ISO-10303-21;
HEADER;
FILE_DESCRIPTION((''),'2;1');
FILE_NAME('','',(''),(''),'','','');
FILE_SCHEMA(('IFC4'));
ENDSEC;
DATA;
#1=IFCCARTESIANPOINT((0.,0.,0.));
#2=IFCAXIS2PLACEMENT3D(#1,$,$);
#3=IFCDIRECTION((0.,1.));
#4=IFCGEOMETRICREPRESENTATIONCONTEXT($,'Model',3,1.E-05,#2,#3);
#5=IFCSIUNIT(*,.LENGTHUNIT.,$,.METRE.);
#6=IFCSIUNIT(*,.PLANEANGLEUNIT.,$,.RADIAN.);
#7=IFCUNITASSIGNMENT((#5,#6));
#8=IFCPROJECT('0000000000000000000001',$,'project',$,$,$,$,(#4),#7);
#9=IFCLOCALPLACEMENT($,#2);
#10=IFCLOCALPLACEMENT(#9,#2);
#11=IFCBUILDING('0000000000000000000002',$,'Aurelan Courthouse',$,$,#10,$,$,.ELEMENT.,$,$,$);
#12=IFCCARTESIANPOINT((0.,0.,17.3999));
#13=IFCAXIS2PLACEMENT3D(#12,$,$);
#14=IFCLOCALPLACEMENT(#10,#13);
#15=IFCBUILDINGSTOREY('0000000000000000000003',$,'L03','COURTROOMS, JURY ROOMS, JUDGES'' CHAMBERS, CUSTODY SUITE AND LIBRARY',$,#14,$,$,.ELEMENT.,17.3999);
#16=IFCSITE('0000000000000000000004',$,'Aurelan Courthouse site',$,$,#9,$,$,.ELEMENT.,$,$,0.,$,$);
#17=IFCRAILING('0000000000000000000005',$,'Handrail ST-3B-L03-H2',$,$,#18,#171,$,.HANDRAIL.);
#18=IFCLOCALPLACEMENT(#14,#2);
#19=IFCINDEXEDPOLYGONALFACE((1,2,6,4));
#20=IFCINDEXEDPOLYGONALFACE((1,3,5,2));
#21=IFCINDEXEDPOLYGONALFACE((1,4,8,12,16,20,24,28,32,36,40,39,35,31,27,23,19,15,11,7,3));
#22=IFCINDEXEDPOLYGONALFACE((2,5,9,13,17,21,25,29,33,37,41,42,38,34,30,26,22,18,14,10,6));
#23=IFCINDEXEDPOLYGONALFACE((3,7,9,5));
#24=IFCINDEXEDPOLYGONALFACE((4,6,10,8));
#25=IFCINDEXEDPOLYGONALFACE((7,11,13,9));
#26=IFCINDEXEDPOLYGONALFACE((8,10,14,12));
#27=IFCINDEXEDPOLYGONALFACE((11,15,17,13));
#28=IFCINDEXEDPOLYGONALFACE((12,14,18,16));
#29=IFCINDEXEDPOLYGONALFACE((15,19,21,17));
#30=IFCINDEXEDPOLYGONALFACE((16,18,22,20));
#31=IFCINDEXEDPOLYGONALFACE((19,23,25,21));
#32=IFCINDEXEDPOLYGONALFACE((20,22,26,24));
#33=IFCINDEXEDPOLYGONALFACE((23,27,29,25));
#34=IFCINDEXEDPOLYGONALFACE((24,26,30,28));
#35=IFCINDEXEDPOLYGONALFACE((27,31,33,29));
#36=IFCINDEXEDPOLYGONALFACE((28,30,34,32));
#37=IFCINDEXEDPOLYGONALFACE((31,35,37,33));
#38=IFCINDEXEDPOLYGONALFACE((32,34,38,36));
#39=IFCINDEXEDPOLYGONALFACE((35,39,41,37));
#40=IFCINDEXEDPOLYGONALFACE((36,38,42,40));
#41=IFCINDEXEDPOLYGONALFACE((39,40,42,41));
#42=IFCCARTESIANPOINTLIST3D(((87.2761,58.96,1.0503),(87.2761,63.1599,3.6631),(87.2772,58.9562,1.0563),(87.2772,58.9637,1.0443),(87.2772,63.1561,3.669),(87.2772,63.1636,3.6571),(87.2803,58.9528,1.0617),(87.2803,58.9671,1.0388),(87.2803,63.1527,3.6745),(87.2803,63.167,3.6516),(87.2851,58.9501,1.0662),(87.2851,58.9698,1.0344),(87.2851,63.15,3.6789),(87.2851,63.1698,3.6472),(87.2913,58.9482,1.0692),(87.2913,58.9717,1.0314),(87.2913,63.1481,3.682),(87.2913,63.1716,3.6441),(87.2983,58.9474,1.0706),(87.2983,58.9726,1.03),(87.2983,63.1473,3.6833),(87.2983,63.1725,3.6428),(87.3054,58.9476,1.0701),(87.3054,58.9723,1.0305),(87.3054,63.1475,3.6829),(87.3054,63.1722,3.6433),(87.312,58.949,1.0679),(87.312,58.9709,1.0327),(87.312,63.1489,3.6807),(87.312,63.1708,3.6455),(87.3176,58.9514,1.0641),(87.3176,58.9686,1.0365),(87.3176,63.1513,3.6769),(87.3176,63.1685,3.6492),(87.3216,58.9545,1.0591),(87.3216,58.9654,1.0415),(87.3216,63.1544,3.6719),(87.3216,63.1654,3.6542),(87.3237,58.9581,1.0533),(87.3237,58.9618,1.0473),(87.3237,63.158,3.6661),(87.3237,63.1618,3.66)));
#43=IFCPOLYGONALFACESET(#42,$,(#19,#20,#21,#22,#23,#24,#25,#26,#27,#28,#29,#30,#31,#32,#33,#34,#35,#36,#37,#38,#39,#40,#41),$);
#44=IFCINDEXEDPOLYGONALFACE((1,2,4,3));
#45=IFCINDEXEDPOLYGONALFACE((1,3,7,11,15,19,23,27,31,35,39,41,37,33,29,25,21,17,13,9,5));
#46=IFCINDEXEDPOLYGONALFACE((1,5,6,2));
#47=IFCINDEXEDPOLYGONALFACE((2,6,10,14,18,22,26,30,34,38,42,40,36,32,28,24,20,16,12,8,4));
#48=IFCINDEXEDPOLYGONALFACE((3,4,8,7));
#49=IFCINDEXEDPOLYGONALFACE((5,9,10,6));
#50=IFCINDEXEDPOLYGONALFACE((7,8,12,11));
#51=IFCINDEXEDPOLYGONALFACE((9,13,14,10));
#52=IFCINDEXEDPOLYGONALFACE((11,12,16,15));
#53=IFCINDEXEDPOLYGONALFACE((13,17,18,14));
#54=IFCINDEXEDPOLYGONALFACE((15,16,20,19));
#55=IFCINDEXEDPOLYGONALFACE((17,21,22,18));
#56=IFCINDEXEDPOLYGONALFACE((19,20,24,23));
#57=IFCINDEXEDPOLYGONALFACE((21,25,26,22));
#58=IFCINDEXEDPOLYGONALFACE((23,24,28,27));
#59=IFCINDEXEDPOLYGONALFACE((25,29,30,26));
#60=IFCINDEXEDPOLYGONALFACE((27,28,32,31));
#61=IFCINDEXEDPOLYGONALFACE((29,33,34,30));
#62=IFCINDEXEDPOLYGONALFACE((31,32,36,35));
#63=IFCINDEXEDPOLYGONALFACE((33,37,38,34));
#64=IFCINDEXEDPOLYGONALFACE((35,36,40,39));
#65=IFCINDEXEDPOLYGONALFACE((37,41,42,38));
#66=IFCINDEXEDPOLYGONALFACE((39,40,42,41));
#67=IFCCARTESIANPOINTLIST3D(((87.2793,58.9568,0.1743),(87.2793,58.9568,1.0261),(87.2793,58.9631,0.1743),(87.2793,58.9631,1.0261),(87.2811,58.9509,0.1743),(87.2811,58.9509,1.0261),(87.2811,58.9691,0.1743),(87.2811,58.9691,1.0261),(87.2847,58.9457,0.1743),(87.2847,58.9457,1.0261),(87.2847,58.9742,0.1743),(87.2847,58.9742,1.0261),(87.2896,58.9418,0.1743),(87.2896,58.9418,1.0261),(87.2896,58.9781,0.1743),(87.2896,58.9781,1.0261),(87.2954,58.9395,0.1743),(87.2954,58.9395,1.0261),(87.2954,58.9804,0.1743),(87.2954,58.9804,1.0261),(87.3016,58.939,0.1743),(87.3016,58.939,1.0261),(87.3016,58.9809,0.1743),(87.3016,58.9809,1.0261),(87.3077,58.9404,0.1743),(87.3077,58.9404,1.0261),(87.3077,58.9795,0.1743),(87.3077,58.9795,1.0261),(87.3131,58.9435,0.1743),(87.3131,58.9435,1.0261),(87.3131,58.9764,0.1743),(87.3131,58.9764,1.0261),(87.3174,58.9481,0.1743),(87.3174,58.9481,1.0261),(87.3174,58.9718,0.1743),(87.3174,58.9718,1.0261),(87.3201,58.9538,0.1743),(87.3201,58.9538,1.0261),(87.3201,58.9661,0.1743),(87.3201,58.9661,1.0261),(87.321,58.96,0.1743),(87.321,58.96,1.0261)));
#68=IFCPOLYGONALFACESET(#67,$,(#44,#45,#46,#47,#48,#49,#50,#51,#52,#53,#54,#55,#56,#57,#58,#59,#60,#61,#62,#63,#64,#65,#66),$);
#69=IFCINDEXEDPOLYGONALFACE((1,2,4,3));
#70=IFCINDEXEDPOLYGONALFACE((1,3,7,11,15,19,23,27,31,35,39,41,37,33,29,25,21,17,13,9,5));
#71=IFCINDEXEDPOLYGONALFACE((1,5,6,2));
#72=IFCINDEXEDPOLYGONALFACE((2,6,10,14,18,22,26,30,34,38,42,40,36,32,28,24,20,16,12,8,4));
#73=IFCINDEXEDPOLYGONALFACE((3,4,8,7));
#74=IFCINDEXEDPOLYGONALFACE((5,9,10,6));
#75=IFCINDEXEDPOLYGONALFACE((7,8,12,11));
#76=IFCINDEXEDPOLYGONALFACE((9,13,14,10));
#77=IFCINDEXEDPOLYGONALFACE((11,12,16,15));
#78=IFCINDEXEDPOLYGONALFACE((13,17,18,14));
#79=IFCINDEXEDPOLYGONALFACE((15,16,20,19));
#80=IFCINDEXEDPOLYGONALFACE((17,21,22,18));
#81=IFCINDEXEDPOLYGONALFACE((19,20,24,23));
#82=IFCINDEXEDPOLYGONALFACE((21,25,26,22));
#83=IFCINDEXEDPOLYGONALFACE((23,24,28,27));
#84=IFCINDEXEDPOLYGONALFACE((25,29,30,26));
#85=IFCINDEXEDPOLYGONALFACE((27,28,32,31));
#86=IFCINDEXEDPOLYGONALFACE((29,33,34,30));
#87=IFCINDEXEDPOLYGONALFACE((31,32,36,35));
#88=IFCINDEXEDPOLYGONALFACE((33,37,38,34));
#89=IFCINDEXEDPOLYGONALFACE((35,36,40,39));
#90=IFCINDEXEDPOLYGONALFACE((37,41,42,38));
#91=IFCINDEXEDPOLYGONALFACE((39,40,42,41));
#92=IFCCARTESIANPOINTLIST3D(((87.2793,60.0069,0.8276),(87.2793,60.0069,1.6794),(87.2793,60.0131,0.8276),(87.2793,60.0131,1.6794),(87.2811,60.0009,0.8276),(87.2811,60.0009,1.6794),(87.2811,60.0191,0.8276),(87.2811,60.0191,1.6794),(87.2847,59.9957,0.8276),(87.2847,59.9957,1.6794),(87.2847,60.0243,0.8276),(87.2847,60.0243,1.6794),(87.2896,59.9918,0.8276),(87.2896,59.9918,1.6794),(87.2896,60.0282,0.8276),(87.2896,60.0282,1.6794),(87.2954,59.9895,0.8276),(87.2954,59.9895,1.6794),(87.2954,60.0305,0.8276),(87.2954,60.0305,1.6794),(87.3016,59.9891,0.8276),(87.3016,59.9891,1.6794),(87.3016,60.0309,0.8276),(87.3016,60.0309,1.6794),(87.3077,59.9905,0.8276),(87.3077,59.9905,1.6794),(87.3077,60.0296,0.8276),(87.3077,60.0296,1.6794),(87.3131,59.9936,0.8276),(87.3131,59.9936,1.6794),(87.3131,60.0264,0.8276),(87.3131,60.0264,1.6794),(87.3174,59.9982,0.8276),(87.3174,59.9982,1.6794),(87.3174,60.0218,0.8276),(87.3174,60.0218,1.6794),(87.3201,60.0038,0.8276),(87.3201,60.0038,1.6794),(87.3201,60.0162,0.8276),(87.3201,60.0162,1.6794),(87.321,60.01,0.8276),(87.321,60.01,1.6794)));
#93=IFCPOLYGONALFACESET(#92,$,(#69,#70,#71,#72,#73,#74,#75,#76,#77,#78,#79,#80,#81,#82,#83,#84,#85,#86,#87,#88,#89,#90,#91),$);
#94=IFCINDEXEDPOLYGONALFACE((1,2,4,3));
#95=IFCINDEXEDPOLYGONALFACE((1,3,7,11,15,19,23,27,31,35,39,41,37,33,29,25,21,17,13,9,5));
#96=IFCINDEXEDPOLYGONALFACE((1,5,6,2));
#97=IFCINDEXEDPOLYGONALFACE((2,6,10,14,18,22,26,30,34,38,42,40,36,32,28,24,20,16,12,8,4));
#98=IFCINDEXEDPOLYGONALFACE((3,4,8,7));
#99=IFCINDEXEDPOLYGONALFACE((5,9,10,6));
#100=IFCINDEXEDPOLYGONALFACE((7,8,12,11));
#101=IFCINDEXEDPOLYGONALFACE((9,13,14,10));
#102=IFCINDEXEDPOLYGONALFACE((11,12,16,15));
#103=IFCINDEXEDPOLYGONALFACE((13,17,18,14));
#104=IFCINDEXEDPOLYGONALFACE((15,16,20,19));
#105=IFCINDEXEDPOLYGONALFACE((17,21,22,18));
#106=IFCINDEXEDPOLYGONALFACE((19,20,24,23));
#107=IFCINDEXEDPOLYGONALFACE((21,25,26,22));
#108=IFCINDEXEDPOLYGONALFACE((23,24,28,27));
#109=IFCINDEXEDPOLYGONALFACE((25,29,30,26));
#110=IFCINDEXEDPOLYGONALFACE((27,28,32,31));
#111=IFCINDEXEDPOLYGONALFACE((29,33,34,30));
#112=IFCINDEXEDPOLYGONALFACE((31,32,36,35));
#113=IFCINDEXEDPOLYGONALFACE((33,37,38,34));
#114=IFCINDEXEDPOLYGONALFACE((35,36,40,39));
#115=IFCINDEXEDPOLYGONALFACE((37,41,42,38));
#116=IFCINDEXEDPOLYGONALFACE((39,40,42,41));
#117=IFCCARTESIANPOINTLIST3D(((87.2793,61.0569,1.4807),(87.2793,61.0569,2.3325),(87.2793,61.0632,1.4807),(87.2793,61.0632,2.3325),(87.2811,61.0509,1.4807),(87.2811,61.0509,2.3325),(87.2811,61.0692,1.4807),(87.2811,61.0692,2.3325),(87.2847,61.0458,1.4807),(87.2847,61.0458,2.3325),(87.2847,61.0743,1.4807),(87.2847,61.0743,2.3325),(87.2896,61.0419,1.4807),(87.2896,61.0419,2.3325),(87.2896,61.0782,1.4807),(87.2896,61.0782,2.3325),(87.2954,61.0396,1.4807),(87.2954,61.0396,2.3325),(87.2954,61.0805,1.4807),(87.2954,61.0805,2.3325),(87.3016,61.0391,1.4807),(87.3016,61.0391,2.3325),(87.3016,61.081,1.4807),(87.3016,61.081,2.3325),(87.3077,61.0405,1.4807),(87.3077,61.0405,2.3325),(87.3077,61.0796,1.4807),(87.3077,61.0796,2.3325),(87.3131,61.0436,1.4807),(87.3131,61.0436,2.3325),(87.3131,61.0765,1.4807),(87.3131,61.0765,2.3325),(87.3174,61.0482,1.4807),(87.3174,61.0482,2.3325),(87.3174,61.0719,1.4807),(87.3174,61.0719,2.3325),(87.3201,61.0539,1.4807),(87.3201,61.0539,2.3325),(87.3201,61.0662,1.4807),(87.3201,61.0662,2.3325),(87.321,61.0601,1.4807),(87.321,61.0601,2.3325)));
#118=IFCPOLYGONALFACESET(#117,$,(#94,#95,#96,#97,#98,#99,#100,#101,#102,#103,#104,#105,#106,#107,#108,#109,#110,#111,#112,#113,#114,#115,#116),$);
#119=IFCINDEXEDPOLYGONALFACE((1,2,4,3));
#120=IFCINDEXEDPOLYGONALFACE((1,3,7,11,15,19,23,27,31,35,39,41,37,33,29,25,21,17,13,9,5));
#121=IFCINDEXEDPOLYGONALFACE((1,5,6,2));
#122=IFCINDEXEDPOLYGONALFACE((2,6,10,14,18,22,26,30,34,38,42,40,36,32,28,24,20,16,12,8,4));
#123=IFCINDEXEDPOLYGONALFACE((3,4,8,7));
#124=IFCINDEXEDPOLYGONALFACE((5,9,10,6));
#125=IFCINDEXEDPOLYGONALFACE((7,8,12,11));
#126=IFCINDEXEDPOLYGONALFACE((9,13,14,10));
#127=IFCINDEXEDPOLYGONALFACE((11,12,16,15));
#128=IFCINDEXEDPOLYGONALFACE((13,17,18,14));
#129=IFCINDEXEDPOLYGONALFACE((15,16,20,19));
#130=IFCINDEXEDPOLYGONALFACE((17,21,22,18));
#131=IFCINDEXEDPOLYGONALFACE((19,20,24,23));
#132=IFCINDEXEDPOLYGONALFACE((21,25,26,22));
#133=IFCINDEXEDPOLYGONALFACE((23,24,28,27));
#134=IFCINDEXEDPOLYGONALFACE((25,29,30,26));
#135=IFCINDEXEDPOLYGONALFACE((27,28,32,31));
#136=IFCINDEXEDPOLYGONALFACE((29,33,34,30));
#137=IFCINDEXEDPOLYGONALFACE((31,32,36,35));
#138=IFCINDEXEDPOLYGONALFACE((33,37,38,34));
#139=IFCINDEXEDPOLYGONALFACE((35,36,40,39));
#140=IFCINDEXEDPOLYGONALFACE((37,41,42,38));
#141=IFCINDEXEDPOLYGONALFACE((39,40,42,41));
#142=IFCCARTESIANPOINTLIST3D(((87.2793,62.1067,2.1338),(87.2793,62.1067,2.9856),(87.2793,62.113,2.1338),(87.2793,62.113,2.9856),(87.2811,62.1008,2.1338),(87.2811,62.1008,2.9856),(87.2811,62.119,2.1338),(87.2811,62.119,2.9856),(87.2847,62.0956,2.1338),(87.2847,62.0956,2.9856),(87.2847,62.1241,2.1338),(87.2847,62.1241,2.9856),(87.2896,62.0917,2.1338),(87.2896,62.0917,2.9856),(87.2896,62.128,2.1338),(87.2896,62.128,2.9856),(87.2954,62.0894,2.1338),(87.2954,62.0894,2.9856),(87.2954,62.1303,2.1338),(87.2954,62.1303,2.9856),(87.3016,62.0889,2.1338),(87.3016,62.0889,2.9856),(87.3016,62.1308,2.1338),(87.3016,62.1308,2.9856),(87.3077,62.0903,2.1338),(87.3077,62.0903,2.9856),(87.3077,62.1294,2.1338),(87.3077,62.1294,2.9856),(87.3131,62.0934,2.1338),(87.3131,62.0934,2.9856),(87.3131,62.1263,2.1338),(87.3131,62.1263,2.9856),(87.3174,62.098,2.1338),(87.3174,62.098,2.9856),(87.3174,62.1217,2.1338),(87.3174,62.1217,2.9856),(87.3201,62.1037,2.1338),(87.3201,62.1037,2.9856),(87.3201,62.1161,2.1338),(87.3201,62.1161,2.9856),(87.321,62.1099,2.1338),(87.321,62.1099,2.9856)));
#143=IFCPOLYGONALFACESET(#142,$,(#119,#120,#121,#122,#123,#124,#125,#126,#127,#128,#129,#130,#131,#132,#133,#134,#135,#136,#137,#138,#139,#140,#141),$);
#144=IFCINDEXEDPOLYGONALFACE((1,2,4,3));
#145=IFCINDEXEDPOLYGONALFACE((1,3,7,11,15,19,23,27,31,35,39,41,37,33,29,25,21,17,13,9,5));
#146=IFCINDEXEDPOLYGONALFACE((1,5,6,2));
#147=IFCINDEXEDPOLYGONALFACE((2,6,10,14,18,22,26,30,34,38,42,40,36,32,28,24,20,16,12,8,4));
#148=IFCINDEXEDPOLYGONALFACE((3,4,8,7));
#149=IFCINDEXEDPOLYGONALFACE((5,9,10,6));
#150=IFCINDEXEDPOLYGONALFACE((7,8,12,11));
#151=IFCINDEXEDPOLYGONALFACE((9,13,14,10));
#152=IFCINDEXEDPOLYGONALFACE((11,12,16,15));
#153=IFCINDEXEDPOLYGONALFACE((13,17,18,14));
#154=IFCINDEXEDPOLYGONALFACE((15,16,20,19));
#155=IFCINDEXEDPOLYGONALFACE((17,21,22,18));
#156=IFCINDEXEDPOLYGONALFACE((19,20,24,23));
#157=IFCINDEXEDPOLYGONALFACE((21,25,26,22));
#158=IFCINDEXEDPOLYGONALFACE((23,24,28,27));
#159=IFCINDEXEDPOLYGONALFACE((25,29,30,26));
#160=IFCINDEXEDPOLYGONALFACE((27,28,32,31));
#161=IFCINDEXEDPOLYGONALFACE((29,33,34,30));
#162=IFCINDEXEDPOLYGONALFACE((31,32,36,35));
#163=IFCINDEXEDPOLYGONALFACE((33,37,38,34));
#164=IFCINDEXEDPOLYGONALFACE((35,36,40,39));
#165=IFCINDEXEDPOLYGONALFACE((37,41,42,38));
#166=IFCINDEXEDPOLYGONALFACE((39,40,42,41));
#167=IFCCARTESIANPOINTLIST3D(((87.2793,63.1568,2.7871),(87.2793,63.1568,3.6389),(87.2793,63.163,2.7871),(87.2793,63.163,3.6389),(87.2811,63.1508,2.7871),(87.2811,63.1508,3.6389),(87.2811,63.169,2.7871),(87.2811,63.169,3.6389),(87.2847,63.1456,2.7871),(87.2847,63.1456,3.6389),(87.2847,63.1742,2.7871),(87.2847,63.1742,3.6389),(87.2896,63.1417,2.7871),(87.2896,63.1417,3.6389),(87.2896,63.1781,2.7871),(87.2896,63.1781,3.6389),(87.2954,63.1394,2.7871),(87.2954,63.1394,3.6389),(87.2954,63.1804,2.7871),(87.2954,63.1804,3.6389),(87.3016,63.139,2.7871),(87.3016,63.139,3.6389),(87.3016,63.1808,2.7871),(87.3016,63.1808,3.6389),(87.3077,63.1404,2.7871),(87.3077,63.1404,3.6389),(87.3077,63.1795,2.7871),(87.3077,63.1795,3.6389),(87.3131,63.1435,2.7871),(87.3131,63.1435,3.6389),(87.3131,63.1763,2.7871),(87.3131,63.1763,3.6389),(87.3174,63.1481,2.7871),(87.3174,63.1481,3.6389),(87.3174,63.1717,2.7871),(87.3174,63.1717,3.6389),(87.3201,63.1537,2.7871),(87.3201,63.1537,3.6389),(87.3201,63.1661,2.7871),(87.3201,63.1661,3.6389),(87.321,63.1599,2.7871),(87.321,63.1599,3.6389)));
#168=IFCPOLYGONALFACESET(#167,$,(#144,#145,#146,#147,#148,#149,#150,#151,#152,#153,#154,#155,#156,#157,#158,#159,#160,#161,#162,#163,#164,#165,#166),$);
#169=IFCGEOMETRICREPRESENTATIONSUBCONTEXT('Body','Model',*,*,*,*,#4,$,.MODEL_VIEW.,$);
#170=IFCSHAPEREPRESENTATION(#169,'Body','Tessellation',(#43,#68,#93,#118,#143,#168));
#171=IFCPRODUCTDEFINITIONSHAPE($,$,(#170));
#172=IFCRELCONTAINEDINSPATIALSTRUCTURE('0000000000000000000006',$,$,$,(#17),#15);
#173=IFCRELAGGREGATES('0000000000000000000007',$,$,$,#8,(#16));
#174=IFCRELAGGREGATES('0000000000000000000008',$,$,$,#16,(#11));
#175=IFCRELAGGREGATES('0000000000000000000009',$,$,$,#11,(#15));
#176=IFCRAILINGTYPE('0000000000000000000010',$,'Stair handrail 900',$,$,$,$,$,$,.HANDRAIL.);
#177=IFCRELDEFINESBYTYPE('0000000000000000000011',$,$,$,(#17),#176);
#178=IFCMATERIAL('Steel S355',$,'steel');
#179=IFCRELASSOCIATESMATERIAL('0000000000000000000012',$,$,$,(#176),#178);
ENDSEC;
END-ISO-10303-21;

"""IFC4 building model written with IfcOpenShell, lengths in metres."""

from ifc_helpers import new_model, si_unit, direction, frame, origin, origin_2d, place, context, subcontext, project, spatial, circle, extrude, material, type_object, element, save


model = new_model("IFC4")

# Units and contexts
model_context = context("Model", 3, precision=1e-05, world=origin(), true_north=direction((0.0, 1.0)))
body_context = subcontext(model_context, "Body", "Model", "MODEL_VIEW")
ifc_project = project(units=[si_unit("LENGTHUNIT", "METRE"), si_unit("PLANEANGLEUNIT", "RADIAN")], contexts=[model_context])

# Site, building, storey
site_placement = place(None, origin())
site = spatial("IfcSite", under=ifc_project, at=site_placement, Name="Aurelan Courthouse site", CompositionType="ELEMENT", RefElevation=0.0)
building_placement = place(site_placement, origin())
building = spatial("IfcBuilding", under=site, at=building_placement, Name="Aurelan Courthouse", CompositionType="ELEMENT")
storey_placement = place(building_placement, frame((0.0, 0.0, 17.3999)))
storey = spatial("IfcBuildingStorey", under=building, at=storey_placement, Name="L03", Description="COURTROOMS, JURY ROOMS, JUDGES' CHAMBERS, CUSTODY SUITE AND LIBRARY", CompositionType="ELEMENT", Elevation=17.3999)

# Railing
ifc_material_1 = material(Name="Steel S355", Category="steel")
railing_type_1 = type_object("IfcRailingType", Name="Stair handrail 900", PredefinedType="HANDRAIL", material=ifc_material_1)
for number, where, name in (
    (1, (87.3, 58.96, 0.1743), "Handrail ST-3B-L03-H2"),
):
    element("IfcRailing", number, at=place(storey_placement, frame(where)), inside=storey, type_object=railing_type_1, Name=name, PredefinedType="HANDRAIL", context=body_context, shape_type="SweptSolid", body=[
        extrude(circle(Radius=0.0239, at=origin_2d()), frame((0.0, 0.0, 0.876), z_axis=(0.0, 0.849103, 0.528228), x_axis=(-1.0, 0.0, 0.0)), (0.0, 0.0, 1.0), 4.9463),
        extrude(circle(Radius=0.021, at=origin_2d()), origin(), (0.0, 0.0, 1.0), 0.8518),
        extrude(circle(Radius=0.021, at=origin_2d()), frame((0.0, 1.05, 0.6533)), (0.0, 0.0, 1.0), 0.8518),
        extrude(circle(Radius=0.021, at=origin_2d()), frame((0.0, 2.1001, 1.3064)), (0.0, 0.0, 1.0), 0.8518),
        extrude(circle(Radius=0.021, at=origin_2d()), frame((0.0, 3.1499, 1.9595)), (0.0, 0.0, 1.0), 0.8518),
        extrude(circle(Radius=0.021, at=origin_2d()), frame((0.0, 4.2, 2.6128)), (0.0, 0.0, 1.0), 0.8518),
    ])

save(model, "model.ifc")
